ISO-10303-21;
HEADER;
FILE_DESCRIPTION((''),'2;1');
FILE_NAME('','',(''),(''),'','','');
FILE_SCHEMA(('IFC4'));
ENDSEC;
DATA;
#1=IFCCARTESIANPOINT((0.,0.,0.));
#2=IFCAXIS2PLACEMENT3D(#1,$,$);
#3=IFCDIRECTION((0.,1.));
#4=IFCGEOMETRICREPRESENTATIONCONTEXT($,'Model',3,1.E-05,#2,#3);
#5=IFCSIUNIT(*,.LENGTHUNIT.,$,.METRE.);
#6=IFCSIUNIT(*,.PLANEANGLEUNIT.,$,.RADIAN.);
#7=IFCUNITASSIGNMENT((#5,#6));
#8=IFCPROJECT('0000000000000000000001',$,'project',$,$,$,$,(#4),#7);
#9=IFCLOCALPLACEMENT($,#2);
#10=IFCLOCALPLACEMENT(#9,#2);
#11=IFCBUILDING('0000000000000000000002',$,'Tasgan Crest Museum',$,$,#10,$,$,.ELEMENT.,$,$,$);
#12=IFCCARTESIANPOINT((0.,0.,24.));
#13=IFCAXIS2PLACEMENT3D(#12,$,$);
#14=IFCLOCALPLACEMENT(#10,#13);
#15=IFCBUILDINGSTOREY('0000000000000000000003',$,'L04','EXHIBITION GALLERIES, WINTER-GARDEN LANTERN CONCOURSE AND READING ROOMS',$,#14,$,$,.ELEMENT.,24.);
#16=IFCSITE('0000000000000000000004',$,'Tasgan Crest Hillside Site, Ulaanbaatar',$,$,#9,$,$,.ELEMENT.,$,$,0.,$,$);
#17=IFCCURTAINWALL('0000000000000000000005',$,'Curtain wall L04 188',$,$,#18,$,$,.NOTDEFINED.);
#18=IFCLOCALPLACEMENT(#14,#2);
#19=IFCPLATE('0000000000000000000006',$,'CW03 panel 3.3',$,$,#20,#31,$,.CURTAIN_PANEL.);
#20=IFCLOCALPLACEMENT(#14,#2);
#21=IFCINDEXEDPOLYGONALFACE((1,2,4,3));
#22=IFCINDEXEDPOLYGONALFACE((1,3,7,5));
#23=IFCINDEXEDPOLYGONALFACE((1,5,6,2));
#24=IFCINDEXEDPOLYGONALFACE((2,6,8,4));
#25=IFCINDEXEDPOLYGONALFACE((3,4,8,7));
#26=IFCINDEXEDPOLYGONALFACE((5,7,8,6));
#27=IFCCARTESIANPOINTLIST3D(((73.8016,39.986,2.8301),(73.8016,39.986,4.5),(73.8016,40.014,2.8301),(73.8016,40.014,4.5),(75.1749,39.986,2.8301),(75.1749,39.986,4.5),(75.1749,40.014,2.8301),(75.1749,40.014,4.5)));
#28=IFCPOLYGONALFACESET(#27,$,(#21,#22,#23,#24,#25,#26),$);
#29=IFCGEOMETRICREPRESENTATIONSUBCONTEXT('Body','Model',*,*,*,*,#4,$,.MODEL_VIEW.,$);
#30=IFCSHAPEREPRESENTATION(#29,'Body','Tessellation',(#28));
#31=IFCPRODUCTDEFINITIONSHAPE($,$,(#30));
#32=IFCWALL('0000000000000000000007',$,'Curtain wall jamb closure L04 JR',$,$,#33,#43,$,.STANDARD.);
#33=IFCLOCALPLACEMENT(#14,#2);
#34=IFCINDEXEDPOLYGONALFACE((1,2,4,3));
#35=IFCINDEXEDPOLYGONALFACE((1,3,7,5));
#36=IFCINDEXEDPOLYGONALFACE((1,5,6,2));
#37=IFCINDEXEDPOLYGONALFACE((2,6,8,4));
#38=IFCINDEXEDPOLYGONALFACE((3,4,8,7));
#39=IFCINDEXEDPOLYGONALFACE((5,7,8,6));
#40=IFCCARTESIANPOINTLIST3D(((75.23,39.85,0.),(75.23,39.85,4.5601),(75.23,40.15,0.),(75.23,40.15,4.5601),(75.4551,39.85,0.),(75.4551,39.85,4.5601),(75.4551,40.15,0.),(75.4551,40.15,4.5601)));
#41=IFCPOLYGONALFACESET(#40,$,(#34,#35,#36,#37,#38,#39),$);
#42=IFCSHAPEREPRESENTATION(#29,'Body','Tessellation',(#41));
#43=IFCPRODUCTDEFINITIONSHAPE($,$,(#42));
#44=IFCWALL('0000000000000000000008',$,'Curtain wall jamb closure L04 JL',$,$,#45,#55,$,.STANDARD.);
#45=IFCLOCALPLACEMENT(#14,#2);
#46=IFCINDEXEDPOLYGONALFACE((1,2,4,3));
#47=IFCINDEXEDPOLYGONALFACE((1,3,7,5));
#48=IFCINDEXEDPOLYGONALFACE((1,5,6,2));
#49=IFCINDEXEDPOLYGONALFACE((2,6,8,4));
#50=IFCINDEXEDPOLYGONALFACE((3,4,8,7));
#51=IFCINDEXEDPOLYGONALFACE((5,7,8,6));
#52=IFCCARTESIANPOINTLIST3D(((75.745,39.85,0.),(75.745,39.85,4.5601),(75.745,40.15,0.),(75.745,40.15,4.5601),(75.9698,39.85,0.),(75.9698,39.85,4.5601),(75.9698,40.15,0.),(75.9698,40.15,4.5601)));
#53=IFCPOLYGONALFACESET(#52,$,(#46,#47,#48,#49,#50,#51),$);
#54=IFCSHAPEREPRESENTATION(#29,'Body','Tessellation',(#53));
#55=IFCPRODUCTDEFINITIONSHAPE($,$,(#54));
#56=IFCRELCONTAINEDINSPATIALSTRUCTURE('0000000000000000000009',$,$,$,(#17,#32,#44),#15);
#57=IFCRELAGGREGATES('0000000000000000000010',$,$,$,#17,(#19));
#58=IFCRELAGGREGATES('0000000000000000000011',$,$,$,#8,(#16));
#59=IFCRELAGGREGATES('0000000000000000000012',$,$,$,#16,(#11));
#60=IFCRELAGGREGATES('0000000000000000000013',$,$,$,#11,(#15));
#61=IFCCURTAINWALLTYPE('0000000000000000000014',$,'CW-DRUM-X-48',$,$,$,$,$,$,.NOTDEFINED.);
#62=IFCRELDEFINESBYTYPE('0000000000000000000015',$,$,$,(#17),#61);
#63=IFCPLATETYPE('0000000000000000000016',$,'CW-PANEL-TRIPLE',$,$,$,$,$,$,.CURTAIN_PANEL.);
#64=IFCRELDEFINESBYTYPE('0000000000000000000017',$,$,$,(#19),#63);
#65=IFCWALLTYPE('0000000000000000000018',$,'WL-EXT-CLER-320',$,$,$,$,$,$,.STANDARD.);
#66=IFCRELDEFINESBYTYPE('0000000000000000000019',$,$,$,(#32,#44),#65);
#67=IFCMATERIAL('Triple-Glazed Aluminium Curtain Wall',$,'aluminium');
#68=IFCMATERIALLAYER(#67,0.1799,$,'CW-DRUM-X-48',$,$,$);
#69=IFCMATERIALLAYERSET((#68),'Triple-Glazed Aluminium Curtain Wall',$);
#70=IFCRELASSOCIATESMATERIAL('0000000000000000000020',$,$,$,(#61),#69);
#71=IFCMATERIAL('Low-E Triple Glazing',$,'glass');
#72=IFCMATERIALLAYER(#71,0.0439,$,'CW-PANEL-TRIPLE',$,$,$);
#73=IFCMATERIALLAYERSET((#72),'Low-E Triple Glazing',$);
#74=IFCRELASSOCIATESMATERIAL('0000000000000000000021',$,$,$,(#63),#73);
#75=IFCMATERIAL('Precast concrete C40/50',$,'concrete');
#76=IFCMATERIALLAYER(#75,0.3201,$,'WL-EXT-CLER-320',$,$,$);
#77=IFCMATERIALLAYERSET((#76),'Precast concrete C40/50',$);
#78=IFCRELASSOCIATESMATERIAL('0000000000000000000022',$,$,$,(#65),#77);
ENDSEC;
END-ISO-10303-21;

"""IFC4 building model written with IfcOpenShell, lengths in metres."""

from ifc_helpers import new_model, si_unit, direction, frame, frame_2d, origin, origin_2d, place, context, subcontext, project, spatial, rectangle, extrude, material, layer, layer_set, type_object, element, aggregate, save


model = new_model("IFC4")

# Units and contexts
model_context = context("Model", 3, precision=1e-05, world=origin(), true_north=direction((0.0, 1.0)))
body_context = subcontext(model_context, "Body", "Model", "MODEL_VIEW")
ifc_project = project(units=[si_unit("LENGTHUNIT", "METRE"), si_unit("PLANEANGLEUNIT", "RADIAN")], contexts=[model_context])

# Site, building, storey
site_placement = place(None, origin())
site = spatial("IfcSite", under=ifc_project, at=site_placement, Name="Tasgan Crest Hillside Site, Ulaanbaatar", CompositionType="ELEMENT", RefElevation=0.0)
building_placement = place(site_placement, origin())
building = spatial("IfcBuilding", under=site, at=building_placement, Name="Tasgan Crest Museum", CompositionType="ELEMENT")
storey_placement = place(building_placement, frame((0.0, 0.0, 24.0)))
storey = spatial("IfcBuildingStorey", under=building, at=storey_placement, Name="L04", Description="EXHIBITION GALLERIES, WINTER-GARDEN LANTERN CONCOURSE AND READING ROOMS", CompositionType="ELEMENT", Elevation=24.0)

# Curtain wall
ifc_material_1 = material(Name="Triple-Glazed Aluminium Curtain Wall", Category="aluminium")
ifc_layer_1 = layer(ifc_material_1, 0.1799, Name="CW-DRUM-X-48")
ifc_layer_set_1 = layer_set([ifc_layer_1], Name="Triple-Glazed Aluminium Curtain Wall")
curtain_wall_type = type_object("IfcCurtainWallType", Name="CW-DRUM-X-48", PredefinedType="NOTDEFINED", material=ifc_layer_set_1)
curtain_wall_1_placement = place(storey_placement, origin())
curtain_wall_1 = element("IfcCurtainWall", 1, at=curtain_wall_1_placement, inside=storey, type_object=curtain_wall_type, Name="Curtain wall L04 188", PredefinedType="NOTDEFINED")

# Plate
ifc_material_2 = material(Name="Low-E Triple Glazing", Category="glass")
ifc_layer_2 = layer(ifc_material_2, 0.0439, Name="CW-PANEL-TRIPLE")
ifc_layer_set_2 = layer_set([ifc_layer_2], Name="Low-E Triple Glazing")
plate_type_1 = type_object("IfcPlateType", Name="CW-PANEL-TRIPLE", PredefinedType="CURTAIN_PANEL", material=ifc_layer_set_2)
plate_1_placement = place(storey_placement, frame((74.4883, 40.0, 2.8301), z_axis=(0.0, 0.0, 1.0), x_axis=(1.0, 0.0, 0.0)))
plate_1 = element("IfcPlate", 2, at=plate_1_placement, type_object=plate_type_1, Name="CW03 panel 3.3", PredefinedType="CURTAIN_PANEL", context=body_context, shape_type="SweptSolid", body=[
    extrude(rectangle(XDim=1.3733, YDim=0.0281, at=origin_2d()), origin(), (0.0, 0.0, 1.0), 1.6699),
])
aggregate(curtain_wall_1, [plate_1])

# Walls
ifc_material_3 = material(Name="Precast concrete C40/50", Category="concrete")
ifc_layer_3 = layer(ifc_material_3, 0.3201, Name="WL-EXT-CLER-320")
ifc_layer_set_3 = layer_set([ifc_layer_3], Name="Precast concrete C40/50")
wall_type = type_object("IfcWallType", Name="WL-EXT-CLER-320", PredefinedType="STANDARD", material=ifc_layer_set_3)
wall_1_placement = place(storey_placement, frame((75.23, 40.0, 0.0), z_axis=(0.0, 0.0, 1.0), x_axis=(1.0, 0.0, 0.0)))
element("IfcWall", 3, at=wall_1_placement, inside=storey, type_object=wall_type, Name="Curtain wall jamb closure L04 JR", PredefinedType="STANDARD", context=body_context, shape_type="SweptSolid", body=[
    extrude(rectangle(XDim=0.2251, YDim=0.3, at=frame_2d((0.1125, 0.0))), origin(), (0.0, 0.0, 1.0), 4.5601),
])
wall_2_placement = place(storey_placement, frame((75.7451, 40.0, 0.0), z_axis=(0.0, 0.0, 1.0), x_axis=(1.0, 0.0, 0.0)))
element("IfcWall", 4, at=wall_2_placement, inside=storey, type_object=wall_type, Name="Curtain wall jamb closure L04 JL", PredefinedType="STANDARD", context=body_context, shape_type="SweptSolid", body=[
    extrude(rectangle(XDim=0.2249, YDim=0.3, at=frame_2d((0.1123, 0.0))), origin(), (0.0, 0.0, 1.0), 4.5601),
])

save(model, "model.ifc")
